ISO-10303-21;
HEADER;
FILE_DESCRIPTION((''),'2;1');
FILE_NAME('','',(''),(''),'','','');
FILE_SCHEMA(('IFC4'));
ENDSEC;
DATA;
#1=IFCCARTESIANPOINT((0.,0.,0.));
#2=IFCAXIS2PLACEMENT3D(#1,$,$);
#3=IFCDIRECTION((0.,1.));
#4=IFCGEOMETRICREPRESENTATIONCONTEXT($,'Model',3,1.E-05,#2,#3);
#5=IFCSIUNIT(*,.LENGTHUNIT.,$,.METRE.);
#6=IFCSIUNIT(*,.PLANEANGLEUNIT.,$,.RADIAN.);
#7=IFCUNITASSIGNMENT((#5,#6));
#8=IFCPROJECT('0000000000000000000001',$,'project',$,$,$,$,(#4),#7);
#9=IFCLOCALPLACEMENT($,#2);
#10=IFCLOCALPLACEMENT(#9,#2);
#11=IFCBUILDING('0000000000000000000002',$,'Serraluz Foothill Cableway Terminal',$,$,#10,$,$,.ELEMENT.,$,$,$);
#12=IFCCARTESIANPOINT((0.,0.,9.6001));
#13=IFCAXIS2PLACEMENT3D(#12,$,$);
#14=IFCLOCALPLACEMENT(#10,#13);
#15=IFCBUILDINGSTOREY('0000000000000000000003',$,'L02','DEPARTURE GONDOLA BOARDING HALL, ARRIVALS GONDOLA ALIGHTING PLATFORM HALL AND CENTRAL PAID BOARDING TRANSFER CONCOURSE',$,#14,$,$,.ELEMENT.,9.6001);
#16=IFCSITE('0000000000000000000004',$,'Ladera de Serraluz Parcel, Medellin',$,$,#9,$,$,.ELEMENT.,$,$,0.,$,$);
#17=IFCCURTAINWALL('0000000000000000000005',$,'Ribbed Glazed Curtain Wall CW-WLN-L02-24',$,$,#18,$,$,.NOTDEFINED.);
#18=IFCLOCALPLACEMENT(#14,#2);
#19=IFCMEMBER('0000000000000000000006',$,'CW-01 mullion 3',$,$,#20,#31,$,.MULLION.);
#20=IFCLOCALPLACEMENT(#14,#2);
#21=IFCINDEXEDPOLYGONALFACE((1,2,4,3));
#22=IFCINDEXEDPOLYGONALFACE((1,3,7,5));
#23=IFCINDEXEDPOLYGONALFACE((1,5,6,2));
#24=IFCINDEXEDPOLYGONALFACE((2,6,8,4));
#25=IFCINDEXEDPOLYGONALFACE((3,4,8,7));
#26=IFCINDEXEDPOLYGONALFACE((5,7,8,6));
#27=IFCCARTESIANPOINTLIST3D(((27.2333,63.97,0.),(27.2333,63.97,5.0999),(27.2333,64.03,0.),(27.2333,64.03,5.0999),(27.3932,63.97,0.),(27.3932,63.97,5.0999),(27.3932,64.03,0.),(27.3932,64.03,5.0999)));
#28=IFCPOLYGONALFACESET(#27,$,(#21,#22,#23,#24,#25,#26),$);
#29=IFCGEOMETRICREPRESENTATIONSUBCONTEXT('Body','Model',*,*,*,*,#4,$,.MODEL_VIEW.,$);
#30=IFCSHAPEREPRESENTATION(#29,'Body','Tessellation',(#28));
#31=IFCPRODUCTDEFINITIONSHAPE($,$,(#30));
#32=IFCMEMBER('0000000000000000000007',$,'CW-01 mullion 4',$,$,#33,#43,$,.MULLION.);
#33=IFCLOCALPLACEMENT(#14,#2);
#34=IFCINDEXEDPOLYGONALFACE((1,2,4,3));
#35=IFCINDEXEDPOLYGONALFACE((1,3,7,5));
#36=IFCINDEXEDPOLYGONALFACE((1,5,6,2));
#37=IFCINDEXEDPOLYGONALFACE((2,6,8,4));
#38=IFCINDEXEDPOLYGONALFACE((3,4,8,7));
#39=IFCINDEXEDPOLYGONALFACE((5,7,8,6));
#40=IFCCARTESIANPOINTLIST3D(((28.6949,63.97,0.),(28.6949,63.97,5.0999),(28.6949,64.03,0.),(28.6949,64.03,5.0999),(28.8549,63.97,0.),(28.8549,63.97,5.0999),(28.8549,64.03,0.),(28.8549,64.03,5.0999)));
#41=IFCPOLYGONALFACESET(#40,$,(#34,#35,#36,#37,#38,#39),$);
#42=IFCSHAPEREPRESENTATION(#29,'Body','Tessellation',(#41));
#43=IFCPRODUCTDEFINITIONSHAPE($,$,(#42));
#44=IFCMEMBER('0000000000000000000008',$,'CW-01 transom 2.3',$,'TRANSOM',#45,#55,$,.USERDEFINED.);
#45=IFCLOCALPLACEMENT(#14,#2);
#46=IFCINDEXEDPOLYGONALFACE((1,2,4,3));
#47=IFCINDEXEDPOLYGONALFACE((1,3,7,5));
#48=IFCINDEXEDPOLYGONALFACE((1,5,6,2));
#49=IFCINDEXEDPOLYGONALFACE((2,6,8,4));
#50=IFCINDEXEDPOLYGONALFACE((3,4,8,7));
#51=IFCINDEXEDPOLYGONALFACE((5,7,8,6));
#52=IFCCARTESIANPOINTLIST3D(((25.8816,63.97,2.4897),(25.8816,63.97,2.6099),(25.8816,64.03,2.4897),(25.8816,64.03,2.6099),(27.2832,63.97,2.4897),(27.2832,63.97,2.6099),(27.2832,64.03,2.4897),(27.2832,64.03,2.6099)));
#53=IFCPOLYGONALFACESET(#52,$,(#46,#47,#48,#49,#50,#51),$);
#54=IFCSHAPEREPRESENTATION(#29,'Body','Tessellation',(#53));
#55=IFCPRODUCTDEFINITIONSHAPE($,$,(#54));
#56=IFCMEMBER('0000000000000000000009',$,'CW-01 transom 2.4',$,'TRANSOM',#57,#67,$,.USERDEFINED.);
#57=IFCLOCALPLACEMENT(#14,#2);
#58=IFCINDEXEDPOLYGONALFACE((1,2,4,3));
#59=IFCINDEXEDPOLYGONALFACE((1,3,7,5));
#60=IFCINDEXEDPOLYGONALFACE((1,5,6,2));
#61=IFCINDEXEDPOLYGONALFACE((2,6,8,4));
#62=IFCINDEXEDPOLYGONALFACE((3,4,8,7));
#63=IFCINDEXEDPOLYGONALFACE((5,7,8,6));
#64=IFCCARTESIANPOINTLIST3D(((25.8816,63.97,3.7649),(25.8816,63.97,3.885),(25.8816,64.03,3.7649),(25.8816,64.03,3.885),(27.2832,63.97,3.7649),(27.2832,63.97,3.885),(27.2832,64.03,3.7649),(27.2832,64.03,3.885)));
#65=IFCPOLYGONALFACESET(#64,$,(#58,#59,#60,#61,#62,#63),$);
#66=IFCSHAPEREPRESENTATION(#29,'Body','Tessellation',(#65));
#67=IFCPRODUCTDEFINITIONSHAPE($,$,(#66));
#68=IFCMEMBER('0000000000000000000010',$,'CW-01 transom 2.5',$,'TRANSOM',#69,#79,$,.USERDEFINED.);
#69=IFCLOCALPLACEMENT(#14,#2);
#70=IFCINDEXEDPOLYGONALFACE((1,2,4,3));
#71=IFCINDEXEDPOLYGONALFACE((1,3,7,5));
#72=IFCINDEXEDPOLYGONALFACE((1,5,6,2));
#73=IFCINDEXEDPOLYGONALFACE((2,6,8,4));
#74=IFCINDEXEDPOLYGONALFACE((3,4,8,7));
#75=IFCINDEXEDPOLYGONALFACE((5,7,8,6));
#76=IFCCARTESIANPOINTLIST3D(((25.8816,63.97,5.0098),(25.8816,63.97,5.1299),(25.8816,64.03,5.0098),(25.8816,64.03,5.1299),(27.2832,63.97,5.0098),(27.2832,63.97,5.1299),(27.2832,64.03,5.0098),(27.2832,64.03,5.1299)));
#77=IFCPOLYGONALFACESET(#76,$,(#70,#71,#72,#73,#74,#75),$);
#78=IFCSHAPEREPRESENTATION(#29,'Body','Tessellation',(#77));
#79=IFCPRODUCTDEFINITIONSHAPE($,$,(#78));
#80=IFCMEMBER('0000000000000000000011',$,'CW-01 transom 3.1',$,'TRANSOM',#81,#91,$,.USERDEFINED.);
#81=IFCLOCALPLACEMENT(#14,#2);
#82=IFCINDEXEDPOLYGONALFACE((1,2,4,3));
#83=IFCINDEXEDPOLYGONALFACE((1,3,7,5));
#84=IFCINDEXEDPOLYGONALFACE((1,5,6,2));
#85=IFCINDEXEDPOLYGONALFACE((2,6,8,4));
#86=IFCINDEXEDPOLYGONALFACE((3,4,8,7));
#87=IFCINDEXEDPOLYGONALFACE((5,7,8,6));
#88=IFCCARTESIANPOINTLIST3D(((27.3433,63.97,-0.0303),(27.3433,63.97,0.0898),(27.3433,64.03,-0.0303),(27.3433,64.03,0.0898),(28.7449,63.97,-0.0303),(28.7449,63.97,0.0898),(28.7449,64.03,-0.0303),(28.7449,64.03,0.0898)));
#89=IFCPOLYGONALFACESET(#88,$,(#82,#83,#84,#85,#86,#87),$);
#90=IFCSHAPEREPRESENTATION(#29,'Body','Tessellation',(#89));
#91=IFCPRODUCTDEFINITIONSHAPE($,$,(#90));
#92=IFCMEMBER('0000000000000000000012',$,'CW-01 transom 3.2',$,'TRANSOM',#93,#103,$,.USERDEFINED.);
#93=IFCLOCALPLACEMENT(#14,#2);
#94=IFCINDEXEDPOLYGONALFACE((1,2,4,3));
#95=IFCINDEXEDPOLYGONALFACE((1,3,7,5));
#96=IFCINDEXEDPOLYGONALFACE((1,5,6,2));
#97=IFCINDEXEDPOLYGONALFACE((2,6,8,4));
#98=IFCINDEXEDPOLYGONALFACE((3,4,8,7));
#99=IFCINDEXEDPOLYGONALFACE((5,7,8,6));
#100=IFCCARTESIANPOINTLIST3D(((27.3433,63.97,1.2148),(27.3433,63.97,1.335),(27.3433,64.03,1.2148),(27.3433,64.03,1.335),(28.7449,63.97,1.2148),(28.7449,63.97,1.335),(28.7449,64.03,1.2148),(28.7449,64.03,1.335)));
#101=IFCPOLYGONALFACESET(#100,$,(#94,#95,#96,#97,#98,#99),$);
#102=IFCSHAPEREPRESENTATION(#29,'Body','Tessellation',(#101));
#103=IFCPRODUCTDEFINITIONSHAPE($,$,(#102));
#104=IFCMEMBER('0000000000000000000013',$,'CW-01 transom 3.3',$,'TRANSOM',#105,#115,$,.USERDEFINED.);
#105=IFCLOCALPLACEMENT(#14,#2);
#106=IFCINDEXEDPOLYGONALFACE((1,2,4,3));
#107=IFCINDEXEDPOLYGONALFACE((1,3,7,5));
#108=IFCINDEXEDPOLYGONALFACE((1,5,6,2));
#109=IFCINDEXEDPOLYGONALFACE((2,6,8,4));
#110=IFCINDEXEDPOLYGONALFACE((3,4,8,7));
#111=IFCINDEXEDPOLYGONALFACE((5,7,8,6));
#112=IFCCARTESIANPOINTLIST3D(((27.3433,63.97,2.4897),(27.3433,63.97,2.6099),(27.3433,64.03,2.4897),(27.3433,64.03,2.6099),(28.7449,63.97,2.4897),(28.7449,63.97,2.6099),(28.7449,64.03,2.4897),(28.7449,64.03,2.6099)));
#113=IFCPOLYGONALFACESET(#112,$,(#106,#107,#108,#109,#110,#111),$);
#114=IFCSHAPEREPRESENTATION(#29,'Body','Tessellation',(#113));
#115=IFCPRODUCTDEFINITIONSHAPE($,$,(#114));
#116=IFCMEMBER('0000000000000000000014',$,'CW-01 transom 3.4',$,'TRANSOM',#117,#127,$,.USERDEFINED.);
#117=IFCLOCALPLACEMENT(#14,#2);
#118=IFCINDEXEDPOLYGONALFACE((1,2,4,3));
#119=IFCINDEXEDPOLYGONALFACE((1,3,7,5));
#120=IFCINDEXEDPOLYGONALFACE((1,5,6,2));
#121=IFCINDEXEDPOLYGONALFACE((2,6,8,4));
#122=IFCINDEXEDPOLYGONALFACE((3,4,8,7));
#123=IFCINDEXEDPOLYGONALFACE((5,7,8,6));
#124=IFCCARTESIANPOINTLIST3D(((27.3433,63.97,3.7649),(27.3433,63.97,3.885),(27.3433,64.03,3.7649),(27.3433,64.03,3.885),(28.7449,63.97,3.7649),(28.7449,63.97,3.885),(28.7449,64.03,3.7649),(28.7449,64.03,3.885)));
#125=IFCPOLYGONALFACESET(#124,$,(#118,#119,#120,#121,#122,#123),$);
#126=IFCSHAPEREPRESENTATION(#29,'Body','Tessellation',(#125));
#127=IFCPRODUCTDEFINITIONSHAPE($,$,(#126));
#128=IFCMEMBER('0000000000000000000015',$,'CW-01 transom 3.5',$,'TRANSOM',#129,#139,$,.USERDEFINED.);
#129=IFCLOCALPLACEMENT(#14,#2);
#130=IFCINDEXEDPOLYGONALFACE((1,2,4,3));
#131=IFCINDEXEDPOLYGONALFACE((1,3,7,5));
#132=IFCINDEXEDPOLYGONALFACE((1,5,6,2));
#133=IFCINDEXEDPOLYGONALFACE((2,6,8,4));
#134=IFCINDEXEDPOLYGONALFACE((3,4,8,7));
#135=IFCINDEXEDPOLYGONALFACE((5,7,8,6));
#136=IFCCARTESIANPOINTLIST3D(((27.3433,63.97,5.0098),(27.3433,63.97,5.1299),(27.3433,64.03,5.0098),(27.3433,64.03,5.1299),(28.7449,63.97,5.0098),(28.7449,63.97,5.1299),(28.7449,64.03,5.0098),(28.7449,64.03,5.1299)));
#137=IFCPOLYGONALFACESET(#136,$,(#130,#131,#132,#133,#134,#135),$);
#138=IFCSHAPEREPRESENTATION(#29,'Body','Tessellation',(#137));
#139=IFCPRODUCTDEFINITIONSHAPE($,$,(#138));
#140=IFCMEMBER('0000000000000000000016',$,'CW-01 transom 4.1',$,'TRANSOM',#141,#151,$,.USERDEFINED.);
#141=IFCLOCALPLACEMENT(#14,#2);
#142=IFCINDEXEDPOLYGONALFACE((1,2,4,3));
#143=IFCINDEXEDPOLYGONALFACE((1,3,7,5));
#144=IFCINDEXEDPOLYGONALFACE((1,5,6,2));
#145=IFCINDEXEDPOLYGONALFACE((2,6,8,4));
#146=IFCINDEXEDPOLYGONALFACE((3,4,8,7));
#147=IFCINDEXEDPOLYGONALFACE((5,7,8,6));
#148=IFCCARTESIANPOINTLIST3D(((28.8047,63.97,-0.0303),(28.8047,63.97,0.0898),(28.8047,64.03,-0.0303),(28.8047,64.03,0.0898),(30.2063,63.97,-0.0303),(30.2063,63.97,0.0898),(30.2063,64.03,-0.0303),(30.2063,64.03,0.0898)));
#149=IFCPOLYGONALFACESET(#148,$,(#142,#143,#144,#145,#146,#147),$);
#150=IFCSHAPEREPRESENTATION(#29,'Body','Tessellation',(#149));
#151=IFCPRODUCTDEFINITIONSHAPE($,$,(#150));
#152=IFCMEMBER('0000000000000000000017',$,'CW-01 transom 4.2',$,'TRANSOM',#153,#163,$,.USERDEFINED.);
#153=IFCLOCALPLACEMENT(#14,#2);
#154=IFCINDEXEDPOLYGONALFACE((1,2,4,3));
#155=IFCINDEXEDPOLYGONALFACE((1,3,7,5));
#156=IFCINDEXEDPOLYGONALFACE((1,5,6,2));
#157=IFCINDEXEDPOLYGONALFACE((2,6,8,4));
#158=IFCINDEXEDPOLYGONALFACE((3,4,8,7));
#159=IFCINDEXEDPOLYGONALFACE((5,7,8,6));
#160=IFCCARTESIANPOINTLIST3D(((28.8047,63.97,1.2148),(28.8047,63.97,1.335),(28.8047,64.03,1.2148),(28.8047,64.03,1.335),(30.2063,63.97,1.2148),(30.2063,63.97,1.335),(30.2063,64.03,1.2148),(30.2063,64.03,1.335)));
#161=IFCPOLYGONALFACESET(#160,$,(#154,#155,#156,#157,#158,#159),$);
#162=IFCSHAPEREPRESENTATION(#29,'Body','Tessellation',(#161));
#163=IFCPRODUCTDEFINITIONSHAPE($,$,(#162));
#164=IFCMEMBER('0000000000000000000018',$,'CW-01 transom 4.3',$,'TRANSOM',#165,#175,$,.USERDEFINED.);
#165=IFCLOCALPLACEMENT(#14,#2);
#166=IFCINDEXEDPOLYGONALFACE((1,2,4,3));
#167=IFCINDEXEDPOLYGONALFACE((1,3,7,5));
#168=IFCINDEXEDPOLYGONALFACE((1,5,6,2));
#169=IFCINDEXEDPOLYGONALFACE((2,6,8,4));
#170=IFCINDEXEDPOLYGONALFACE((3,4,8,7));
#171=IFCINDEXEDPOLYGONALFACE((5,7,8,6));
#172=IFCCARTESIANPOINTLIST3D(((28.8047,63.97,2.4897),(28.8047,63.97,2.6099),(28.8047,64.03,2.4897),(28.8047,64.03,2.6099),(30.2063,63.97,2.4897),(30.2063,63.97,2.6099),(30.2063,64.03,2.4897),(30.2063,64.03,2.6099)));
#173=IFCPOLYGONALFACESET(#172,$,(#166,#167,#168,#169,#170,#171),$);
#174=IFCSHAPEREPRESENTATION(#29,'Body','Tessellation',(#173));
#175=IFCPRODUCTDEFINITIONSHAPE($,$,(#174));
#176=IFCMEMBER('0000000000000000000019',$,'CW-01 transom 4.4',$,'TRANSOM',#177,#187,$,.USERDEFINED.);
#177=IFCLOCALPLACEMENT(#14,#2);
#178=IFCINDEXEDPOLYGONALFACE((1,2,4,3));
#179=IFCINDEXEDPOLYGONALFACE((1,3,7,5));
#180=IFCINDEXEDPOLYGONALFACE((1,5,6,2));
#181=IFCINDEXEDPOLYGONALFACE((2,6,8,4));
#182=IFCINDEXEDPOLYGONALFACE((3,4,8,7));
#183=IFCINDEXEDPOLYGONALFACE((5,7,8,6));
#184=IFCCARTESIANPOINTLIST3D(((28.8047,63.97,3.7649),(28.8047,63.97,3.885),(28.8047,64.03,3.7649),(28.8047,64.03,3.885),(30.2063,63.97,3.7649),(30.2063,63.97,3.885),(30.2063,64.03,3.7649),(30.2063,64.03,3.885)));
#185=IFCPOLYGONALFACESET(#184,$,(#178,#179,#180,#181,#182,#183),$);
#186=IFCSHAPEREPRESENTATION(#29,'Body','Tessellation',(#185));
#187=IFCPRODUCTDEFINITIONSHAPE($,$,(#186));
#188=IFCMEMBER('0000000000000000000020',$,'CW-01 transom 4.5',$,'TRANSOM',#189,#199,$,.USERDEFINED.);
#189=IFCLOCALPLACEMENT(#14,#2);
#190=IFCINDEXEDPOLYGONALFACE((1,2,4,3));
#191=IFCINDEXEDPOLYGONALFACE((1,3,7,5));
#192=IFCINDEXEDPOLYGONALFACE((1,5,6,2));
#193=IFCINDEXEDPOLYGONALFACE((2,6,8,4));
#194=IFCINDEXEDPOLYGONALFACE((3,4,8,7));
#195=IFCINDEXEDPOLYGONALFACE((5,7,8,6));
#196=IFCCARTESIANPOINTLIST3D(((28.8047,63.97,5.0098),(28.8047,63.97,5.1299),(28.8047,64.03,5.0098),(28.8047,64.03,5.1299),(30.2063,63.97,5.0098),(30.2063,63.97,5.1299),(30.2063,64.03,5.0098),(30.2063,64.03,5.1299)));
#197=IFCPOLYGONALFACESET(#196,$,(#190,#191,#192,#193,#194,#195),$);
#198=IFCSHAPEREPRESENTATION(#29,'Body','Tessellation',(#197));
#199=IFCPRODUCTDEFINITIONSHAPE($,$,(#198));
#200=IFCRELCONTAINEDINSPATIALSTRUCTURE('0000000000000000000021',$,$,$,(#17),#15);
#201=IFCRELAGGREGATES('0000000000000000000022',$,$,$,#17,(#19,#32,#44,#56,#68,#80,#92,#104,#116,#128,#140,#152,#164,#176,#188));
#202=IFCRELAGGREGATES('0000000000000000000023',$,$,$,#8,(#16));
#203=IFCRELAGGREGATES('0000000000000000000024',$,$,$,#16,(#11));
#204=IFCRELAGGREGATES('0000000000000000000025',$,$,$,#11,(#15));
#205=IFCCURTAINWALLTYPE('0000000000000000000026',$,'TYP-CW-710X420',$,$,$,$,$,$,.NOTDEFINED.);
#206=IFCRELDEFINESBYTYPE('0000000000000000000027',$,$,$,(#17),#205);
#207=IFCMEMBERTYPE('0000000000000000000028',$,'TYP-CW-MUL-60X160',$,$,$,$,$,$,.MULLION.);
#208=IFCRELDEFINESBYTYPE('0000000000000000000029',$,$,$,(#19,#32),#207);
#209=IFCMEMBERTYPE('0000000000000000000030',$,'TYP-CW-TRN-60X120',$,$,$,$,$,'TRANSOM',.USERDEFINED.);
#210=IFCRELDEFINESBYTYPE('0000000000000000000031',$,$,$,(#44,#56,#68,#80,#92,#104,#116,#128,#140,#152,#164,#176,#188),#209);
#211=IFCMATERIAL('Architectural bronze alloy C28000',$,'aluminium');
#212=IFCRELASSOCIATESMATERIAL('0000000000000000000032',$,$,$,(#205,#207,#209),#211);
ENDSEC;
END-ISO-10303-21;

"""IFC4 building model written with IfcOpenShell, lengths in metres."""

from ifc_helpers import new_model, si_unit, direction, frame, origin, origin_2d, place, context, subcontext, project, spatial, rectangle, extrude, material, material_profile, profile_set, type_object, element, aggregate, save


model = new_model("IFC4")

# Units and contexts
model_context = context("Model", 3, precision=1e-05, world=origin(), true_north=direction((0.0, 1.0)))
body_context = subcontext(model_context, "Body", "Model", "MODEL_VIEW")
ifc_project = project(units=[si_unit("LENGTHUNIT", "METRE"), si_unit("PLANEANGLEUNIT", "RADIAN")], contexts=[model_context])

# Site, building, storey
site_placement = place(None, origin())
site = spatial("IfcSite", under=ifc_project, at=site_placement, Name="Ladera de Serraluz Parcel, Medellin", CompositionType="ELEMENT", RefElevation=0.0)
building_placement = place(site_placement, origin())
building = spatial("IfcBuilding", under=site, at=building_placement, Name="Serraluz Foothill Cableway Terminal", CompositionType="ELEMENT")
storey_placement = place(building_placement, frame((0.0, 0.0, 9.6001)))
storey = spatial("IfcBuildingStorey", under=building, at=storey_placement, Name="L02", Description="DEPARTURE GONDOLA BOARDING HALL, ARRIVALS GONDOLA ALIGHTING PLATFORM HALL AND CENTRAL PAID BOARDING TRANSFER CONCOURSE", CompositionType="ELEMENT", Elevation=9.6001)

# Curtain wall, members
ifc_material_1 = material(Name="Architectural bronze alloy C28000", Category="aluminium")
curtain_wall_type = type_object("IfcCurtainWallType", Name="TYP-CW-710X420", PredefinedType="NOTDEFINED", material=ifc_material_1)
curtain_wall_placement = place(storey_placement, origin())
curtain_wall = element("IfcCurtainWall", 1, at=curtain_wall_placement, inside=storey, type_object=curtain_wall_type, Name="Ribbed Glazed Curtain Wall CW-WLN-L02-24", PredefinedType="NOTDEFINED")
ifc_material_profile_1 = material_profile(ifc_material_1, rectangle(XDim=0.0601, YDim=0.1599, at=origin_2d()), Name="ALU MULLION 60x160")
ifc_profile_set_1 = profile_set([ifc_material_profile_1], Name="Architectural bronze alloy C28000")
member_type_1 = type_object("IfcMemberType", Name="TYP-CW-MUL-60X160", PredefinedType="MULLION", material=ifc_profile_set_1)
member_1_placement = place(storey_placement, frame((27.3132, 64.0, 0.0), z_axis=(0.0, 0.0, 1.0), x_axis=(0.0, 1.0, 0.0)))
member_1 = element("IfcMember", 2, at=member_1_placement, type_object=member_type_1, Name="CW-01 mullion 3", PredefinedType="MULLION", context=body_context, shape_type="SweptSolid", body=[
    extrude(rectangle(XDim=0.0601, YDim=0.1599, at=origin_2d()), origin(), (0.0, 0.0, 1.0), 5.0999),
])
member_2_placement = place(storey_placement, frame((28.7749, 64.0, 0.0), z_axis=(0.0, 0.0, 1.0), x_axis=(0.0, 1.0, 0.0)))
member_2 = element("IfcMember", 3, at=member_2_placement, type_object=member_type_1, Name="CW-01 mullion 4", PredefinedType="MULLION", context=body_context, shape_type="SweptSolid", body=[
    extrude(rectangle(XDim=0.0601, YDim=0.1599, at=origin_2d()), origin(), (0.0, 0.0, 1.0), 5.0999),
])
ifc_material_profile_2 = material_profile(ifc_material_1, rectangle(XDim=0.0601, YDim=0.1201, at=origin_2d()), Name="ALU TRANSOM 60x120")
ifc_profile_set_2 = profile_set([ifc_material_profile_2], Name="Architectural bronze alloy C28000")
member_type_2 = type_object("IfcMemberType", Name="TYP-CW-TRN-60X120", ElementType="TRANSOM", PredefinedType="USERDEFINED", material=ifc_profile_set_2)
member_3_placement = place(storey_placement, frame((25.8816, 64.0, 2.5498), z_axis=(1.0, 0.0, 0.0), x_axis=(0.0, 1.0, 0.0)))
member_3 = element("IfcMember", 4, at=member_3_placement, type_object=member_type_2, Name="CW-01 transom 2.3", ObjectType="TRANSOM", PredefinedType="USERDEFINED", context=body_context, shape_type="SweptSolid", body=[
    extrude(rectangle(XDim=0.0601, YDim=0.1201, at=origin_2d()), origin(), (0.0, 0.0, 1.0), 1.4016),
])
member_4_placement = place(storey_placement, frame((25.8816, 64.0, 3.825), z_axis=(1.0, 0.0, 0.0), x_axis=(0.0, 1.0, 0.0)))
member_4 = element("IfcMember", 5, at=member_4_placement, type_object=member_type_2, Name="CW-01 transom 2.4", ObjectType="TRANSOM", PredefinedType="USERDEFINED", context=body_context, shape_type="SweptSolid", body=[
    extrude(rectangle(XDim=0.0601, YDim=0.1201, at=origin_2d()), origin(), (0.0, 0.0, 1.0), 1.4016),
])
member_5_placement = place(storey_placement, frame((25.8816, 64.0, 5.0698), z_axis=(1.0, 0.0, 0.0), x_axis=(0.0, 1.0, 0.0)))
member_5 = element("IfcMember", 6, at=member_5_placement, type_object=member_type_2, Name="CW-01 transom 2.5", ObjectType="TRANSOM", PredefinedType="USERDEFINED", context=body_context, shape_type="SweptSolid", body=[
    extrude(rectangle(XDim=0.0601, YDim=0.1201, at=origin_2d()), origin(), (0.0, 0.0, 1.0), 1.4016),
])
member_6_placement = place(storey_placement, frame((27.3433, 64.0, 0.0298), z_axis=(1.0, 0.0, 0.0), x_axis=(0.0, 1.0, 0.0)))
member_6 = element("IfcMember", 7, at=member_6_placement, type_object=member_type_2, Name="CW-01 transom 3.1", ObjectType="TRANSOM", PredefinedType="USERDEFINED", context=body_context, shape_type="SweptSolid", body=[
    extrude(rectangle(XDim=0.0601, YDim=0.1201, at=origin_2d()), origin(), (0.0, 0.0, 1.0), 1.4016),
])
member_7_placement = place(storey_placement, frame((27.3433, 64.0, 1.2749), z_axis=(1.0, 0.0, 0.0), x_axis=(0.0, 1.0, 0.0)))
member_7 = element("IfcMember", 8, at=member_7_placement, type_object=member_type_2, Name="CW-01 transom 3.2", ObjectType="TRANSOM", PredefinedType="USERDEFINED", context=body_context, shape_type="SweptSolid", body=[
    extrude(rectangle(XDim=0.0601, YDim=0.1201, at=origin_2d()), origin(), (0.0, 0.0, 1.0), 1.4016),
])
member_8_placement = place(storey_placement, frame((27.3433, 64.0, 2.5498), z_axis=(1.0, 0.0, 0.0), x_axis=(0.0, 1.0, 0.0)))
member_8 = element("IfcMember", 9, at=member_8_placement, type_object=member_type_2, Name="CW-01 transom 3.3", ObjectType="TRANSOM", PredefinedType="USERDEFINED", context=body_context, shape_type="SweptSolid", body=[
    extrude(rectangle(XDim=0.0601, YDim=0.1201, at=origin_2d()), origin(), (0.0, 0.0, 1.0), 1.4016),
])
member_9_placement = place(storey_placement, frame((27.3433, 64.0, 3.825), z_axis=(1.0, 0.0, 0.0), x_axis=(0.0, 1.0, 0.0)))
member_9 = element("IfcMember", 10, at=member_9_placement, type_object=member_type_2, Name="CW-01 transom 3.4", ObjectType="TRANSOM", PredefinedType="USERDEFINED", context=body_context, shape_type="SweptSolid", body=[
    extrude(rectangle(XDim=0.0601, YDim=0.1201, at=origin_2d()), origin(), (0.0, 0.0, 1.0), 1.4016),
])
member_10_placement = place(storey_placement, frame((27.3433, 64.0, 5.0698), z_axis=(1.0, 0.0, 0.0), x_axis=(0.0, 1.0, 0.0)))
member_10 = element("IfcMember", 11, at=member_10_placement, type_object=member_type_2, Name="CW-01 transom 3.5", ObjectType="TRANSOM", PredefinedType="USERDEFINED", context=body_context, shape_type="SweptSolid", body=[
    extrude(rectangle(XDim=0.0601, YDim=0.1201, at=origin_2d()), origin(), (0.0, 0.0, 1.0), 1.4016),
])
member_11_placement = place(storey_placement, frame((28.8047, 64.0, 0.0298), z_axis=(1.0, 0.0, 0.0), x_axis=(0.0, 1.0, 0.0)))
member_11 = element("IfcMember", 12, at=member_11_placement, type_object=member_type_2, Name="CW-01 transom 4.1", ObjectType="TRANSOM", PredefinedType="USERDEFINED", context=body_context, shape_type="SweptSolid", body=[
    extrude(rectangle(XDim=0.0601, YDim=0.1201, at=origin_2d()), origin(), (0.0, 0.0, 1.0), 1.4016),
])
member_12_placement = place(storey_placement, frame((28.8047, 64.0, 1.2749), z_axis=(1.0, 0.0, 0.0), x_axis=(0.0, 1.0, 0.0)))
member_12 = element("IfcMember", 13, at=member_12_placement, type_object=member_type_2, Name="CW-01 transom 4.2", ObjectType="TRANSOM", PredefinedType="USERDEFINED", context=body_context, shape_type="SweptSolid", body=[
    extrude(rectangle(XDim=0.0601, YDim=0.1201, at=origin_2d()), origin(), (0.0, 0.0, 1.0), 1.4016),
])
member_13_placement = place(storey_placement, frame((28.8047, 64.0, 2.5498), z_axis=(1.0, 0.0, 0.0), x_axis=(0.0, 1.0, 0.0)))
member_13 = element("IfcMember", 14, at=member_13_placement, type_object=member_type_2, Name="CW-01 transom 4.3", ObjectType="TRANSOM", PredefinedType="USERDEFINED", context=body_context, shape_type="SweptSolid", body=[
    extrude(rectangle(XDim=0.0601, YDim=0.1201, at=origin_2d()), origin(), (0.0, 0.0, 1.0), 1.4016),
])
member_14_placement = place(storey_placement, frame((28.8047, 64.0, 3.825), z_axis=(1.0, 0.0, 0.0), x_axis=(0.0, 1.0, 0.0)))
member_14 = element("IfcMember", 15, at=member_14_placement, type_object=member_type_2, Name="CW-01 transom 4.4", ObjectType="TRANSOM", PredefinedType="USERDEFINED", context=body_context, shape_type="SweptSolid", body=[
    extrude(rectangle(XDim=0.0601, YDim=0.1201, at=origin_2d()), origin(), (0.0, 0.0, 1.0), 1.4016),
])
member_15_placement = place(storey_placement, frame((28.8047, 64.0, 5.0698), z_axis=(1.0, 0.0, 0.0), x_axis=(0.0, 1.0, 0.0)))
member_15 = element("IfcMember", 16, at=member_15_placement, type_object=member_type_2, Name="CW-01 transom 4.5", ObjectType="TRANSOM", PredefinedType="USERDEFINED", context=body_context, shape_type="SweptSolid", body=[
    extrude(rectangle(XDim=0.0601, YDim=0.1201, at=origin_2d()), origin(), (0.0, 0.0, 1.0), 1.4016),
])
aggregate(curtain_wall, [member_1, member_2, member_3, member_4, member_5, member_6, member_7, member_8, member_9, member_10, member_11, member_12, member_13, member_14, member_15])

save(model, "model.ifc")
